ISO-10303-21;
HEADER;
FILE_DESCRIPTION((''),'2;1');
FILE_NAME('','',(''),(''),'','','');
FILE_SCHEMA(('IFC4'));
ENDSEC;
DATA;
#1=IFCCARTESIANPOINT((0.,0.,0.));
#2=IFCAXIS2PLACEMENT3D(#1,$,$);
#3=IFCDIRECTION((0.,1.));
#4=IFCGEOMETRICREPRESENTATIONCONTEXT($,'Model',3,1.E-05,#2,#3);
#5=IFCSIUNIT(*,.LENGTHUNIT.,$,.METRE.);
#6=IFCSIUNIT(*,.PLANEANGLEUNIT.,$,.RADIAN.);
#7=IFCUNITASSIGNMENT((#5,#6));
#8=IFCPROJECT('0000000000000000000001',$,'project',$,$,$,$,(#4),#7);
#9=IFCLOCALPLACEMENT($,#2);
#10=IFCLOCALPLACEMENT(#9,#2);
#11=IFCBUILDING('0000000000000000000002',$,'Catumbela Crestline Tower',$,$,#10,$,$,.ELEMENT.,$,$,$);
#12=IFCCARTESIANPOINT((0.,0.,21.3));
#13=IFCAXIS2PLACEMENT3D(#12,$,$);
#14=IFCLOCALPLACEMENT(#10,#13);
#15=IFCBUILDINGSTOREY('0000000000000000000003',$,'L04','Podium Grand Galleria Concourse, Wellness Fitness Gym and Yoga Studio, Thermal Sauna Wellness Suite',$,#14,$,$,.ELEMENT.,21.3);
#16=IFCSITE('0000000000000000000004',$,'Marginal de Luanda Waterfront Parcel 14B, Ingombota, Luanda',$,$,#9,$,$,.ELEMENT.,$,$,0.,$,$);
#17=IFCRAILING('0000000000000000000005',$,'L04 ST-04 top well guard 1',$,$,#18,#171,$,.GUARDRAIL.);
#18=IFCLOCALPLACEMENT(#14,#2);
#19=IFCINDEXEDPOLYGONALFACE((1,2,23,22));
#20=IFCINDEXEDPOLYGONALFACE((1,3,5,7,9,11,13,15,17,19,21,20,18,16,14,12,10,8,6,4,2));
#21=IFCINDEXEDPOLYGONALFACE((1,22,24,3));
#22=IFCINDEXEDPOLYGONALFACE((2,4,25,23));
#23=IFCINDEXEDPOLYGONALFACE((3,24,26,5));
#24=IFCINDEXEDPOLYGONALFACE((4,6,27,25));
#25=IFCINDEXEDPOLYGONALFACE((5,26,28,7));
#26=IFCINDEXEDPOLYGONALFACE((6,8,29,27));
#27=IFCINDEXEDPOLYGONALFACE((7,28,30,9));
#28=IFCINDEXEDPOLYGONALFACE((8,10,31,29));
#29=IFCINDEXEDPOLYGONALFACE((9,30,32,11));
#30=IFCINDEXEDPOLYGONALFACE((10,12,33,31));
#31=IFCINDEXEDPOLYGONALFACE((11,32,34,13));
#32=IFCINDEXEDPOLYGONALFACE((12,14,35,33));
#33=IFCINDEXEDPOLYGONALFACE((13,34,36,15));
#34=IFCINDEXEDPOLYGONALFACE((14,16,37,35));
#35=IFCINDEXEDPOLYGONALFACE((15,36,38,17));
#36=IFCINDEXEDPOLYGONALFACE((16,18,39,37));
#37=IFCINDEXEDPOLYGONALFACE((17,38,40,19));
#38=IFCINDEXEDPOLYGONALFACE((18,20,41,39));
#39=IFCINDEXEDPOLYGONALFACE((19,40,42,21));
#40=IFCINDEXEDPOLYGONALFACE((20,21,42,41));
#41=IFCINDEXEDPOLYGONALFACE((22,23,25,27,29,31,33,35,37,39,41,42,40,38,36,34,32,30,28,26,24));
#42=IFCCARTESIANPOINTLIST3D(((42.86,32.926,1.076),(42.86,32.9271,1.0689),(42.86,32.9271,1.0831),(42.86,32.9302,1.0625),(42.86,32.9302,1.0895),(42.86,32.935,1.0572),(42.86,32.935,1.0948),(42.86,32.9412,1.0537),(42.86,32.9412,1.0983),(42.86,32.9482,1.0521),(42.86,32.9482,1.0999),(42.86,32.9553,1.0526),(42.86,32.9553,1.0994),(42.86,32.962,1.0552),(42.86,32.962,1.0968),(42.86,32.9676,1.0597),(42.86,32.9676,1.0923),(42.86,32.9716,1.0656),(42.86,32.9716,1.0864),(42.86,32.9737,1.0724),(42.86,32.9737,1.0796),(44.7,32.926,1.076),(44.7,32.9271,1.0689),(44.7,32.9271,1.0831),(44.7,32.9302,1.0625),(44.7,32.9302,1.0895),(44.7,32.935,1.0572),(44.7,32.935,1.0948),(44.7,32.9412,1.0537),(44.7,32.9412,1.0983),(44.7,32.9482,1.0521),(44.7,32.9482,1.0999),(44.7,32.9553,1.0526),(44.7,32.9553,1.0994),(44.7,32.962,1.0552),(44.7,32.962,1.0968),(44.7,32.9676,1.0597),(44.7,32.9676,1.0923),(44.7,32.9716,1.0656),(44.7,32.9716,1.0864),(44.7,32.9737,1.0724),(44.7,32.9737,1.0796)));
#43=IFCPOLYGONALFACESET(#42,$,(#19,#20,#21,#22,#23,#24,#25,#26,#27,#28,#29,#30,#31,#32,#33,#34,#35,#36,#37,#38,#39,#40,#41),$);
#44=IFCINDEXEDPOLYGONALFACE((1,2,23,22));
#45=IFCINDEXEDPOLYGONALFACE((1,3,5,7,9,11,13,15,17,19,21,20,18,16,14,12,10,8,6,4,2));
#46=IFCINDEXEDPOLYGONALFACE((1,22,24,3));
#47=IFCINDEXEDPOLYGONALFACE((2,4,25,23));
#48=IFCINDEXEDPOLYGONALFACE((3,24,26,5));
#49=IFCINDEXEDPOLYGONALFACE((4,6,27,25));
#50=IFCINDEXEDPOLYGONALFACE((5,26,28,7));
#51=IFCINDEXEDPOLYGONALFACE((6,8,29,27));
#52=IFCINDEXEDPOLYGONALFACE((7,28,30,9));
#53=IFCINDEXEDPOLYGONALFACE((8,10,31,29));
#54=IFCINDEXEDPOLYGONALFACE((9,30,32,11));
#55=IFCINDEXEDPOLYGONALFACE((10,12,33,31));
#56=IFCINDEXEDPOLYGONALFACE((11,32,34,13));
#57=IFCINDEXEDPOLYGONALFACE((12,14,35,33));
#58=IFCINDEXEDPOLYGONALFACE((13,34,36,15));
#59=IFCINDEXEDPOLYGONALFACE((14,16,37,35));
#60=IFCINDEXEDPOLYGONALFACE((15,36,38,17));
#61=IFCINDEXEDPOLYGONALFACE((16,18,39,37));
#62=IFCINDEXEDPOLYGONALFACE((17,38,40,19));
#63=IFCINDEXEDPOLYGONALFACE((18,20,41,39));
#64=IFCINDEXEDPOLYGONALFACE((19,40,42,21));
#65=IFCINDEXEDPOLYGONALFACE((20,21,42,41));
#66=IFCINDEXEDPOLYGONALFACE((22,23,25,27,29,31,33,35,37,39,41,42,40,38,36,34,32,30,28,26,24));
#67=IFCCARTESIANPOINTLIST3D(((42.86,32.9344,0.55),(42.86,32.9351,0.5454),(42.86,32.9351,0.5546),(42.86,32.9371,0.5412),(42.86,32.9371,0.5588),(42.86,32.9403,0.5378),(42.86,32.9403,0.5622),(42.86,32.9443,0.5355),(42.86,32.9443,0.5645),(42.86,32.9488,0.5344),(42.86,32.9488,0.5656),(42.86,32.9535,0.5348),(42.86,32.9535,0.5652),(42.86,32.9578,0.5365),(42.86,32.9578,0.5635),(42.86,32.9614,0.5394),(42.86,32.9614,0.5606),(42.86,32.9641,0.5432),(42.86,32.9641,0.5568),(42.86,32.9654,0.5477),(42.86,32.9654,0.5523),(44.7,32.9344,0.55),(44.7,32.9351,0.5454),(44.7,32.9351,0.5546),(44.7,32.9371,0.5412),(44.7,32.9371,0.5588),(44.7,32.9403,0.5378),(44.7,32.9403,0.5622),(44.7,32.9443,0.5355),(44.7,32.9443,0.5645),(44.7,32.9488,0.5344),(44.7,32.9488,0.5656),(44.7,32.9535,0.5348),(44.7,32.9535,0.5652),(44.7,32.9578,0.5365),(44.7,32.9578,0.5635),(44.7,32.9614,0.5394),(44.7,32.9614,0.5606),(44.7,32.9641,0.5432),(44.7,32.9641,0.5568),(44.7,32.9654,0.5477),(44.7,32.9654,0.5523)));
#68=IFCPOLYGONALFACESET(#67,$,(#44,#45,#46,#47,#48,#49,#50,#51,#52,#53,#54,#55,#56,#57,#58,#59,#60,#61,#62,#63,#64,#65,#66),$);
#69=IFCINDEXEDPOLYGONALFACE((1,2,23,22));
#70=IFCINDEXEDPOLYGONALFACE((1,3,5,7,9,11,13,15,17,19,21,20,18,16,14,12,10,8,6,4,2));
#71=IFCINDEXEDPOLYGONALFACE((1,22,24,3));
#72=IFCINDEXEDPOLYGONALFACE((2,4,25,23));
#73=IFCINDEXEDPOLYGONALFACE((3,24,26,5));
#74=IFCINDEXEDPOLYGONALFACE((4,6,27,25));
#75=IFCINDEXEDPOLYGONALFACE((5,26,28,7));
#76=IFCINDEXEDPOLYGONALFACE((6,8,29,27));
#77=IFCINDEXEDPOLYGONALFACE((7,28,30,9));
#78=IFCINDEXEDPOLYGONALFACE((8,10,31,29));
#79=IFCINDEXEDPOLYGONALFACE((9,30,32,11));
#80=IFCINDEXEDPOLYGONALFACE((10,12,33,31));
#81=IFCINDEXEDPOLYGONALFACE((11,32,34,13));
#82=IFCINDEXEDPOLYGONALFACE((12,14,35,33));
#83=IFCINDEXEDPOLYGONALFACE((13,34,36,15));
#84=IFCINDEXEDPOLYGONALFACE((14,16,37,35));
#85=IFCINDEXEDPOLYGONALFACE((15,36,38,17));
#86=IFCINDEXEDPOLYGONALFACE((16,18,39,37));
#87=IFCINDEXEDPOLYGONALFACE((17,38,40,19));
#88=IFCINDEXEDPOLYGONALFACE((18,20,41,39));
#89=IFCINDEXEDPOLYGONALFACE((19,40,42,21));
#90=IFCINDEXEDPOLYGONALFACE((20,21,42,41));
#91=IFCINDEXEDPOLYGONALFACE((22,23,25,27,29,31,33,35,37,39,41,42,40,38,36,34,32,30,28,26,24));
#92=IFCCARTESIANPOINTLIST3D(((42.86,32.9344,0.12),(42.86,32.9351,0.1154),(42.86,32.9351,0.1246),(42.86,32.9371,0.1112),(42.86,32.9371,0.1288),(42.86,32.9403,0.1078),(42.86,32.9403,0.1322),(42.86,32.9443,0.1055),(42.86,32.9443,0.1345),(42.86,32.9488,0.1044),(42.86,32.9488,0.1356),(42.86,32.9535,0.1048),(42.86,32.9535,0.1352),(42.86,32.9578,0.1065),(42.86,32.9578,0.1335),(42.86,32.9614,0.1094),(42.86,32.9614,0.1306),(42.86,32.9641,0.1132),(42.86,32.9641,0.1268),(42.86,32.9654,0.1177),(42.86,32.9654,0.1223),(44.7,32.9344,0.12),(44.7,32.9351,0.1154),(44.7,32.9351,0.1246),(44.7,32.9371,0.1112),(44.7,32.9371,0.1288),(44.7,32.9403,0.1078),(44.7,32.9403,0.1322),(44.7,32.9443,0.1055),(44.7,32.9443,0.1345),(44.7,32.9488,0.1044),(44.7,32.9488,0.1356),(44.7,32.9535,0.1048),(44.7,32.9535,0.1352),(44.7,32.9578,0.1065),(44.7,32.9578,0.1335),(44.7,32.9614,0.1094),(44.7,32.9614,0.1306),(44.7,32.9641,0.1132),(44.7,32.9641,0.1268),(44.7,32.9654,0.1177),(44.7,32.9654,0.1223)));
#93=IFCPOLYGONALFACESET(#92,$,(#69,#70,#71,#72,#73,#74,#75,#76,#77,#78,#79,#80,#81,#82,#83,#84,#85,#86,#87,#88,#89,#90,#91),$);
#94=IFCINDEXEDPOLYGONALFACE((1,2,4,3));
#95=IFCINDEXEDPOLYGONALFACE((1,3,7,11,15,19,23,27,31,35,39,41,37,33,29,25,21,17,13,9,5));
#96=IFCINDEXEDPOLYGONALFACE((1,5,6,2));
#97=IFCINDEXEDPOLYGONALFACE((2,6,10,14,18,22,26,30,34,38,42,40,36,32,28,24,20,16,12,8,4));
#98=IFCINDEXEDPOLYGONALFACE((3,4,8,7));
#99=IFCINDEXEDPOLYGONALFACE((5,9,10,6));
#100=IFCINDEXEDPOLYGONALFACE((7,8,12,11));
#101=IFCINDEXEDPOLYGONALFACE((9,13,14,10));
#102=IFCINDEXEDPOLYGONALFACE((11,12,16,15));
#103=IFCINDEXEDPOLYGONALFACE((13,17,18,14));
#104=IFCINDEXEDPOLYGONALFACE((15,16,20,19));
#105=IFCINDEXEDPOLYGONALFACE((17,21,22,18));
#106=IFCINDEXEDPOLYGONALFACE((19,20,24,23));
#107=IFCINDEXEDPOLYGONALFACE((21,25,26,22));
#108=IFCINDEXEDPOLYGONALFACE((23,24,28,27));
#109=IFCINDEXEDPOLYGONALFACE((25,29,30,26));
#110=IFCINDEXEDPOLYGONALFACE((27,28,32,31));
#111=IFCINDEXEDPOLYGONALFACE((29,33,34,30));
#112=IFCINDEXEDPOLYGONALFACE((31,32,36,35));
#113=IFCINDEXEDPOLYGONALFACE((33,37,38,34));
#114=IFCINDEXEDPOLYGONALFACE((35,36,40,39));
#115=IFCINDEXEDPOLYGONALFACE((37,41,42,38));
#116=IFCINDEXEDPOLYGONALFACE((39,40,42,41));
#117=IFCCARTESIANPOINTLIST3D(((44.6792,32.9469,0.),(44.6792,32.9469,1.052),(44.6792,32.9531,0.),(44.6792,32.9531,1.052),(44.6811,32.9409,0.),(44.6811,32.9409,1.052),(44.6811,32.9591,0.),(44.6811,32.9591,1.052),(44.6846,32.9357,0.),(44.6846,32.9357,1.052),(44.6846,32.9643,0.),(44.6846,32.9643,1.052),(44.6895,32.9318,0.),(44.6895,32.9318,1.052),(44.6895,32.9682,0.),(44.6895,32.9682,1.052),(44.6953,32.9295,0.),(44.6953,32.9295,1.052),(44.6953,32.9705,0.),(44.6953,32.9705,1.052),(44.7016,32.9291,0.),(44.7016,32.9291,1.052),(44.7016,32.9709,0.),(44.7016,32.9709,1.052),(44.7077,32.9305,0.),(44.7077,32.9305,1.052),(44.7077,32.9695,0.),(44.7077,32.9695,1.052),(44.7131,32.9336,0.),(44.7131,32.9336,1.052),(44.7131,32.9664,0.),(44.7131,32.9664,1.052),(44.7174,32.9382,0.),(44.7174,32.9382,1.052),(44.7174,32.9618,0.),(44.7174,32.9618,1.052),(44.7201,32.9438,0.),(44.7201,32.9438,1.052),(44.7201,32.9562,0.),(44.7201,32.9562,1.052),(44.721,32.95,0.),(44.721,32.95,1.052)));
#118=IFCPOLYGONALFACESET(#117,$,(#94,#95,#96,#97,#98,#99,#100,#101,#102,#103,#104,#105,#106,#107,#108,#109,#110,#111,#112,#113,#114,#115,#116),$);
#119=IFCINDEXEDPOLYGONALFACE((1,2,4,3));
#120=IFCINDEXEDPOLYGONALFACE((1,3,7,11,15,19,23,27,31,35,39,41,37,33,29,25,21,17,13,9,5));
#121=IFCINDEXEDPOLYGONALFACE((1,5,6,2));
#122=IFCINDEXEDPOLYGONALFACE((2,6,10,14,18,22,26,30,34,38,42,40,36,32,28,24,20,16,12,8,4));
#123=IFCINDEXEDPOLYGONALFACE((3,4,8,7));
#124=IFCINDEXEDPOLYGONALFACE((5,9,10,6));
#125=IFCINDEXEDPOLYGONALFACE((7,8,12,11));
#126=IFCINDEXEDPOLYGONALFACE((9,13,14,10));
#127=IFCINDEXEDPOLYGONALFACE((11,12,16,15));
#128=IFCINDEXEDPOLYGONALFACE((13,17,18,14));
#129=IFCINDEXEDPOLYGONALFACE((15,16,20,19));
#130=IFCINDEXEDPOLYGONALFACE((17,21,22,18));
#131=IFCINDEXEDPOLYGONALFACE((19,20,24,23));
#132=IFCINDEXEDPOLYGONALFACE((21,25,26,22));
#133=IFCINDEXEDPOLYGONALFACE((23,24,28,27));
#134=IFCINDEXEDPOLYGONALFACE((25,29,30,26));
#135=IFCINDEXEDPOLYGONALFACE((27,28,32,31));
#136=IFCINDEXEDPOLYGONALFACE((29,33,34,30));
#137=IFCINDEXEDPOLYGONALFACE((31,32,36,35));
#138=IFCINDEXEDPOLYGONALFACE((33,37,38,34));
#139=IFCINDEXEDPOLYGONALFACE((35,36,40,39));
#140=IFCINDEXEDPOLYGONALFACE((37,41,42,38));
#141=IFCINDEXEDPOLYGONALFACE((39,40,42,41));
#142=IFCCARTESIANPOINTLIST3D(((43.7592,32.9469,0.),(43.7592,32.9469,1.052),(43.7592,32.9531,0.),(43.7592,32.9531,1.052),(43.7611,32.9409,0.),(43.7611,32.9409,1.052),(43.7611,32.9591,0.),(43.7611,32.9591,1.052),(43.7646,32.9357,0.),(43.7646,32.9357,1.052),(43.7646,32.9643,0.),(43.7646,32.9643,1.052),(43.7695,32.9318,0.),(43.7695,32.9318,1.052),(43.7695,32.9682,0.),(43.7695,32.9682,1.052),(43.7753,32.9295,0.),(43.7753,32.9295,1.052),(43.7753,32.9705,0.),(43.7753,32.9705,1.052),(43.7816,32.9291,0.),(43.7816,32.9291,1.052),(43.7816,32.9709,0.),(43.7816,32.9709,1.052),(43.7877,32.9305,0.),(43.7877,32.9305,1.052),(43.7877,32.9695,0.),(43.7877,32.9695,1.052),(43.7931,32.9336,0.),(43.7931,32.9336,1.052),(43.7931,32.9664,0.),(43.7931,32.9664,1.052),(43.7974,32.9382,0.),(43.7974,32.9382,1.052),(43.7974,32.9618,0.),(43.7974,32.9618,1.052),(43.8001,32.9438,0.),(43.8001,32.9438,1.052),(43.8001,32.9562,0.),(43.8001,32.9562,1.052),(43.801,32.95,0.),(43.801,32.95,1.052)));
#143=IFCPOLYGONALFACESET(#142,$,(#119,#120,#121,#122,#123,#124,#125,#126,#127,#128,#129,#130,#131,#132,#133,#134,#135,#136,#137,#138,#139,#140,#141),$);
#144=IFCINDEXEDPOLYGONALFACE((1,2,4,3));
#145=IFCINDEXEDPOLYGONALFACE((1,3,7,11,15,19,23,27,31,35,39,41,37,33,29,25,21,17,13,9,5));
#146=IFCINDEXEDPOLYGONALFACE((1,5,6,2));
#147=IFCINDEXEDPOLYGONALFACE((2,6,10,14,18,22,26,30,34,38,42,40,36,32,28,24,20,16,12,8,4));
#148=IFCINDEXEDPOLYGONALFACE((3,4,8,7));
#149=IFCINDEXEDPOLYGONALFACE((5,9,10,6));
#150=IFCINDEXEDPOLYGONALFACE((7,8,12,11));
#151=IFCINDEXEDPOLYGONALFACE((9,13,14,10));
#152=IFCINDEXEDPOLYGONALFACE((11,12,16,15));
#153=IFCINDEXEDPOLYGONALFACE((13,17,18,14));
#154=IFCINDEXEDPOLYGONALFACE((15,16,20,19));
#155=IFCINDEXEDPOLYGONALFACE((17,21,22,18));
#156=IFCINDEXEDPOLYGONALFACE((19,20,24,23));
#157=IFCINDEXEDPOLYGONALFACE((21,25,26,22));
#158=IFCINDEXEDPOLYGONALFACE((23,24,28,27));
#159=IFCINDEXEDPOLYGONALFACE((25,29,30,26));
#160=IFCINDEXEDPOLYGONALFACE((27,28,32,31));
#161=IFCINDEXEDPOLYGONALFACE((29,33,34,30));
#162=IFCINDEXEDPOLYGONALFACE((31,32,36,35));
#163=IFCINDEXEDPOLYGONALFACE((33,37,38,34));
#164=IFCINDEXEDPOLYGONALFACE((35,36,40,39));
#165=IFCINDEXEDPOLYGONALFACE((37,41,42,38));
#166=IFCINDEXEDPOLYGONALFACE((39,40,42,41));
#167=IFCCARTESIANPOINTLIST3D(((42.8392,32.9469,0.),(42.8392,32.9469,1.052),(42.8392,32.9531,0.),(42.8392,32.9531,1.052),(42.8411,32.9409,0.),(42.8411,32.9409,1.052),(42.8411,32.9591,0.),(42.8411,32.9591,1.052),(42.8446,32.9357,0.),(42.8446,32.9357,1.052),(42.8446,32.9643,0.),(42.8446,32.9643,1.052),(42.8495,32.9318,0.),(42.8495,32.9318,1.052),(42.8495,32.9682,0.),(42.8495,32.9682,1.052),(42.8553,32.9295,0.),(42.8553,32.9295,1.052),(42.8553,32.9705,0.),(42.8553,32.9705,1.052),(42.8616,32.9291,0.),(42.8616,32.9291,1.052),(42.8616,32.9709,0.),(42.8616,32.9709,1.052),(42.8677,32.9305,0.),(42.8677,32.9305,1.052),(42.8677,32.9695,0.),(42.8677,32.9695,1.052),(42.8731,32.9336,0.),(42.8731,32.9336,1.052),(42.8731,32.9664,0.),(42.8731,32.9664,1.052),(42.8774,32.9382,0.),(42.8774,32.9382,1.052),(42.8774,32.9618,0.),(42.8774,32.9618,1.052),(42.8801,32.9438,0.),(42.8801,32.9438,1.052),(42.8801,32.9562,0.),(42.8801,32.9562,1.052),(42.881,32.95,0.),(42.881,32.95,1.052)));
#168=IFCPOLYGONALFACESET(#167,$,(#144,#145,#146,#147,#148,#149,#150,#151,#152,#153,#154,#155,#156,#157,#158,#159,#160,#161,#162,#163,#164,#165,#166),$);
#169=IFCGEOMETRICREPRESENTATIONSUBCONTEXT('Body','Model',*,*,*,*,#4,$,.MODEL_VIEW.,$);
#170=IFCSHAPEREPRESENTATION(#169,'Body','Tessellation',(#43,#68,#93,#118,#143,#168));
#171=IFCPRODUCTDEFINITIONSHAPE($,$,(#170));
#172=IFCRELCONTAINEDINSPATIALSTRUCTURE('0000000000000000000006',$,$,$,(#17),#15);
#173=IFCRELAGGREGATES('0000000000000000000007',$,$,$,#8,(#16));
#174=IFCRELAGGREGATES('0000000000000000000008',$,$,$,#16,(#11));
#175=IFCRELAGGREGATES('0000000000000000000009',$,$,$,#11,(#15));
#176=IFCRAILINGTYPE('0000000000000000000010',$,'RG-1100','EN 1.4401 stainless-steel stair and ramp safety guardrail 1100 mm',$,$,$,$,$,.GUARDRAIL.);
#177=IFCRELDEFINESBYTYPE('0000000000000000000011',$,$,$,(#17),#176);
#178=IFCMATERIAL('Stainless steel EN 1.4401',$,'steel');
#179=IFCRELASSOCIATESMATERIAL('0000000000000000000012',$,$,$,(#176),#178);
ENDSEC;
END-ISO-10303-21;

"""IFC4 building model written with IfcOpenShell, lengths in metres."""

from ifc_helpers import new_model, si_unit, direction, frame, origin, origin_2d, place, context, subcontext, project, spatial, circle, extrude, material, type_object, element, save


model = new_model("IFC4")

# Units and contexts
model_context = context("Model", 3, precision=1e-05, world=origin(), true_north=direction((0.0, 1.0)))
body_context = subcontext(model_context, "Body", "Model", "MODEL_VIEW")
ifc_project = project(units=[si_unit("LENGTHUNIT", "METRE"), si_unit("PLANEANGLEUNIT", "RADIAN")], contexts=[model_context])

# Site, building, storey
site_placement = place(None, origin())
site = spatial("IfcSite", under=ifc_project, at=site_placement, Name="Marginal de Luanda Waterfront Parcel 14B, Ingombota, Luanda", CompositionType="ELEMENT", RefElevation=0.0)
building_placement = place(site_placement, origin())
building = spatial("IfcBuilding", under=site, at=building_placement, Name="Catumbela Crestline Tower", CompositionType="ELEMENT")
storey_placement = place(building_placement, frame((0.0, 0.0, 21.3)))
storey = spatial("IfcBuildingStorey", under=building, at=storey_placement, Name="L04", Description="Podium Grand Galleria Concourse, Wellness Fitness Gym and Yoga Studio, Thermal Sauna Wellness Suite", CompositionType="ELEMENT", Elevation=21.3)

# Shared definitions
ifc_material_1 = material(Name="Stainless steel EN 1.4401", Category="steel")

# Railing
railing_type = type_object("IfcRailingType", Name="RG-1100", Description="EN 1.4401 stainless-steel stair and ramp safety guardrail 1100 mm", PredefinedType="GUARDRAIL", material=ifc_material_1)
railing_placement = place(storey_placement, frame((44.7, 32.95, 0.0)))
element("IfcRailing", 1, at=railing_placement, inside=storey, type_object=railing_type, Name="L04 ST-04 top well guard 1", PredefinedType="GUARDRAIL", context=body_context, shape_type="SweptSolid", body=[
    extrude(circle(Radius=0.024, at=origin_2d()), frame((0.0, 0.0, 1.076), z_axis=(-1.0, 0.0, 0.0), x_axis=(0.0, -1.0, 0.0)), (0.0, 0.0, 1.0), 1.84),
    extrude(circle(Radius=0.0156, at=origin_2d()), frame((0.0, 0.0, 0.55), z_axis=(-1.0, 0.0, 0.0), x_axis=(0.0, -1.0, 0.0)), (0.0, 0.0, 1.0), 1.84),
    extrude(circle(Radius=0.0156, at=origin_2d()), frame((0.0, 0.0, 0.12), z_axis=(-1.0, 0.0, 0.0), x_axis=(0.0, -1.0, 0.0)), (0.0, 0.0, 1.0), 1.84),
    extrude(circle(Radius=0.021, at=origin_2d()), origin(), (0.0, 0.0, 1.0), 1.052),
    extrude(circle(Radius=0.021, at=origin_2d()), frame((-0.92, 0.0, 0.0)), (0.0, 0.0, 1.0), 1.052),
    extrude(circle(Radius=0.021, at=origin_2d()), frame((-1.84, 0.0, 0.0)), (0.0, 0.0, 1.0), 1.052),
])

save(model, "model.ifc")
